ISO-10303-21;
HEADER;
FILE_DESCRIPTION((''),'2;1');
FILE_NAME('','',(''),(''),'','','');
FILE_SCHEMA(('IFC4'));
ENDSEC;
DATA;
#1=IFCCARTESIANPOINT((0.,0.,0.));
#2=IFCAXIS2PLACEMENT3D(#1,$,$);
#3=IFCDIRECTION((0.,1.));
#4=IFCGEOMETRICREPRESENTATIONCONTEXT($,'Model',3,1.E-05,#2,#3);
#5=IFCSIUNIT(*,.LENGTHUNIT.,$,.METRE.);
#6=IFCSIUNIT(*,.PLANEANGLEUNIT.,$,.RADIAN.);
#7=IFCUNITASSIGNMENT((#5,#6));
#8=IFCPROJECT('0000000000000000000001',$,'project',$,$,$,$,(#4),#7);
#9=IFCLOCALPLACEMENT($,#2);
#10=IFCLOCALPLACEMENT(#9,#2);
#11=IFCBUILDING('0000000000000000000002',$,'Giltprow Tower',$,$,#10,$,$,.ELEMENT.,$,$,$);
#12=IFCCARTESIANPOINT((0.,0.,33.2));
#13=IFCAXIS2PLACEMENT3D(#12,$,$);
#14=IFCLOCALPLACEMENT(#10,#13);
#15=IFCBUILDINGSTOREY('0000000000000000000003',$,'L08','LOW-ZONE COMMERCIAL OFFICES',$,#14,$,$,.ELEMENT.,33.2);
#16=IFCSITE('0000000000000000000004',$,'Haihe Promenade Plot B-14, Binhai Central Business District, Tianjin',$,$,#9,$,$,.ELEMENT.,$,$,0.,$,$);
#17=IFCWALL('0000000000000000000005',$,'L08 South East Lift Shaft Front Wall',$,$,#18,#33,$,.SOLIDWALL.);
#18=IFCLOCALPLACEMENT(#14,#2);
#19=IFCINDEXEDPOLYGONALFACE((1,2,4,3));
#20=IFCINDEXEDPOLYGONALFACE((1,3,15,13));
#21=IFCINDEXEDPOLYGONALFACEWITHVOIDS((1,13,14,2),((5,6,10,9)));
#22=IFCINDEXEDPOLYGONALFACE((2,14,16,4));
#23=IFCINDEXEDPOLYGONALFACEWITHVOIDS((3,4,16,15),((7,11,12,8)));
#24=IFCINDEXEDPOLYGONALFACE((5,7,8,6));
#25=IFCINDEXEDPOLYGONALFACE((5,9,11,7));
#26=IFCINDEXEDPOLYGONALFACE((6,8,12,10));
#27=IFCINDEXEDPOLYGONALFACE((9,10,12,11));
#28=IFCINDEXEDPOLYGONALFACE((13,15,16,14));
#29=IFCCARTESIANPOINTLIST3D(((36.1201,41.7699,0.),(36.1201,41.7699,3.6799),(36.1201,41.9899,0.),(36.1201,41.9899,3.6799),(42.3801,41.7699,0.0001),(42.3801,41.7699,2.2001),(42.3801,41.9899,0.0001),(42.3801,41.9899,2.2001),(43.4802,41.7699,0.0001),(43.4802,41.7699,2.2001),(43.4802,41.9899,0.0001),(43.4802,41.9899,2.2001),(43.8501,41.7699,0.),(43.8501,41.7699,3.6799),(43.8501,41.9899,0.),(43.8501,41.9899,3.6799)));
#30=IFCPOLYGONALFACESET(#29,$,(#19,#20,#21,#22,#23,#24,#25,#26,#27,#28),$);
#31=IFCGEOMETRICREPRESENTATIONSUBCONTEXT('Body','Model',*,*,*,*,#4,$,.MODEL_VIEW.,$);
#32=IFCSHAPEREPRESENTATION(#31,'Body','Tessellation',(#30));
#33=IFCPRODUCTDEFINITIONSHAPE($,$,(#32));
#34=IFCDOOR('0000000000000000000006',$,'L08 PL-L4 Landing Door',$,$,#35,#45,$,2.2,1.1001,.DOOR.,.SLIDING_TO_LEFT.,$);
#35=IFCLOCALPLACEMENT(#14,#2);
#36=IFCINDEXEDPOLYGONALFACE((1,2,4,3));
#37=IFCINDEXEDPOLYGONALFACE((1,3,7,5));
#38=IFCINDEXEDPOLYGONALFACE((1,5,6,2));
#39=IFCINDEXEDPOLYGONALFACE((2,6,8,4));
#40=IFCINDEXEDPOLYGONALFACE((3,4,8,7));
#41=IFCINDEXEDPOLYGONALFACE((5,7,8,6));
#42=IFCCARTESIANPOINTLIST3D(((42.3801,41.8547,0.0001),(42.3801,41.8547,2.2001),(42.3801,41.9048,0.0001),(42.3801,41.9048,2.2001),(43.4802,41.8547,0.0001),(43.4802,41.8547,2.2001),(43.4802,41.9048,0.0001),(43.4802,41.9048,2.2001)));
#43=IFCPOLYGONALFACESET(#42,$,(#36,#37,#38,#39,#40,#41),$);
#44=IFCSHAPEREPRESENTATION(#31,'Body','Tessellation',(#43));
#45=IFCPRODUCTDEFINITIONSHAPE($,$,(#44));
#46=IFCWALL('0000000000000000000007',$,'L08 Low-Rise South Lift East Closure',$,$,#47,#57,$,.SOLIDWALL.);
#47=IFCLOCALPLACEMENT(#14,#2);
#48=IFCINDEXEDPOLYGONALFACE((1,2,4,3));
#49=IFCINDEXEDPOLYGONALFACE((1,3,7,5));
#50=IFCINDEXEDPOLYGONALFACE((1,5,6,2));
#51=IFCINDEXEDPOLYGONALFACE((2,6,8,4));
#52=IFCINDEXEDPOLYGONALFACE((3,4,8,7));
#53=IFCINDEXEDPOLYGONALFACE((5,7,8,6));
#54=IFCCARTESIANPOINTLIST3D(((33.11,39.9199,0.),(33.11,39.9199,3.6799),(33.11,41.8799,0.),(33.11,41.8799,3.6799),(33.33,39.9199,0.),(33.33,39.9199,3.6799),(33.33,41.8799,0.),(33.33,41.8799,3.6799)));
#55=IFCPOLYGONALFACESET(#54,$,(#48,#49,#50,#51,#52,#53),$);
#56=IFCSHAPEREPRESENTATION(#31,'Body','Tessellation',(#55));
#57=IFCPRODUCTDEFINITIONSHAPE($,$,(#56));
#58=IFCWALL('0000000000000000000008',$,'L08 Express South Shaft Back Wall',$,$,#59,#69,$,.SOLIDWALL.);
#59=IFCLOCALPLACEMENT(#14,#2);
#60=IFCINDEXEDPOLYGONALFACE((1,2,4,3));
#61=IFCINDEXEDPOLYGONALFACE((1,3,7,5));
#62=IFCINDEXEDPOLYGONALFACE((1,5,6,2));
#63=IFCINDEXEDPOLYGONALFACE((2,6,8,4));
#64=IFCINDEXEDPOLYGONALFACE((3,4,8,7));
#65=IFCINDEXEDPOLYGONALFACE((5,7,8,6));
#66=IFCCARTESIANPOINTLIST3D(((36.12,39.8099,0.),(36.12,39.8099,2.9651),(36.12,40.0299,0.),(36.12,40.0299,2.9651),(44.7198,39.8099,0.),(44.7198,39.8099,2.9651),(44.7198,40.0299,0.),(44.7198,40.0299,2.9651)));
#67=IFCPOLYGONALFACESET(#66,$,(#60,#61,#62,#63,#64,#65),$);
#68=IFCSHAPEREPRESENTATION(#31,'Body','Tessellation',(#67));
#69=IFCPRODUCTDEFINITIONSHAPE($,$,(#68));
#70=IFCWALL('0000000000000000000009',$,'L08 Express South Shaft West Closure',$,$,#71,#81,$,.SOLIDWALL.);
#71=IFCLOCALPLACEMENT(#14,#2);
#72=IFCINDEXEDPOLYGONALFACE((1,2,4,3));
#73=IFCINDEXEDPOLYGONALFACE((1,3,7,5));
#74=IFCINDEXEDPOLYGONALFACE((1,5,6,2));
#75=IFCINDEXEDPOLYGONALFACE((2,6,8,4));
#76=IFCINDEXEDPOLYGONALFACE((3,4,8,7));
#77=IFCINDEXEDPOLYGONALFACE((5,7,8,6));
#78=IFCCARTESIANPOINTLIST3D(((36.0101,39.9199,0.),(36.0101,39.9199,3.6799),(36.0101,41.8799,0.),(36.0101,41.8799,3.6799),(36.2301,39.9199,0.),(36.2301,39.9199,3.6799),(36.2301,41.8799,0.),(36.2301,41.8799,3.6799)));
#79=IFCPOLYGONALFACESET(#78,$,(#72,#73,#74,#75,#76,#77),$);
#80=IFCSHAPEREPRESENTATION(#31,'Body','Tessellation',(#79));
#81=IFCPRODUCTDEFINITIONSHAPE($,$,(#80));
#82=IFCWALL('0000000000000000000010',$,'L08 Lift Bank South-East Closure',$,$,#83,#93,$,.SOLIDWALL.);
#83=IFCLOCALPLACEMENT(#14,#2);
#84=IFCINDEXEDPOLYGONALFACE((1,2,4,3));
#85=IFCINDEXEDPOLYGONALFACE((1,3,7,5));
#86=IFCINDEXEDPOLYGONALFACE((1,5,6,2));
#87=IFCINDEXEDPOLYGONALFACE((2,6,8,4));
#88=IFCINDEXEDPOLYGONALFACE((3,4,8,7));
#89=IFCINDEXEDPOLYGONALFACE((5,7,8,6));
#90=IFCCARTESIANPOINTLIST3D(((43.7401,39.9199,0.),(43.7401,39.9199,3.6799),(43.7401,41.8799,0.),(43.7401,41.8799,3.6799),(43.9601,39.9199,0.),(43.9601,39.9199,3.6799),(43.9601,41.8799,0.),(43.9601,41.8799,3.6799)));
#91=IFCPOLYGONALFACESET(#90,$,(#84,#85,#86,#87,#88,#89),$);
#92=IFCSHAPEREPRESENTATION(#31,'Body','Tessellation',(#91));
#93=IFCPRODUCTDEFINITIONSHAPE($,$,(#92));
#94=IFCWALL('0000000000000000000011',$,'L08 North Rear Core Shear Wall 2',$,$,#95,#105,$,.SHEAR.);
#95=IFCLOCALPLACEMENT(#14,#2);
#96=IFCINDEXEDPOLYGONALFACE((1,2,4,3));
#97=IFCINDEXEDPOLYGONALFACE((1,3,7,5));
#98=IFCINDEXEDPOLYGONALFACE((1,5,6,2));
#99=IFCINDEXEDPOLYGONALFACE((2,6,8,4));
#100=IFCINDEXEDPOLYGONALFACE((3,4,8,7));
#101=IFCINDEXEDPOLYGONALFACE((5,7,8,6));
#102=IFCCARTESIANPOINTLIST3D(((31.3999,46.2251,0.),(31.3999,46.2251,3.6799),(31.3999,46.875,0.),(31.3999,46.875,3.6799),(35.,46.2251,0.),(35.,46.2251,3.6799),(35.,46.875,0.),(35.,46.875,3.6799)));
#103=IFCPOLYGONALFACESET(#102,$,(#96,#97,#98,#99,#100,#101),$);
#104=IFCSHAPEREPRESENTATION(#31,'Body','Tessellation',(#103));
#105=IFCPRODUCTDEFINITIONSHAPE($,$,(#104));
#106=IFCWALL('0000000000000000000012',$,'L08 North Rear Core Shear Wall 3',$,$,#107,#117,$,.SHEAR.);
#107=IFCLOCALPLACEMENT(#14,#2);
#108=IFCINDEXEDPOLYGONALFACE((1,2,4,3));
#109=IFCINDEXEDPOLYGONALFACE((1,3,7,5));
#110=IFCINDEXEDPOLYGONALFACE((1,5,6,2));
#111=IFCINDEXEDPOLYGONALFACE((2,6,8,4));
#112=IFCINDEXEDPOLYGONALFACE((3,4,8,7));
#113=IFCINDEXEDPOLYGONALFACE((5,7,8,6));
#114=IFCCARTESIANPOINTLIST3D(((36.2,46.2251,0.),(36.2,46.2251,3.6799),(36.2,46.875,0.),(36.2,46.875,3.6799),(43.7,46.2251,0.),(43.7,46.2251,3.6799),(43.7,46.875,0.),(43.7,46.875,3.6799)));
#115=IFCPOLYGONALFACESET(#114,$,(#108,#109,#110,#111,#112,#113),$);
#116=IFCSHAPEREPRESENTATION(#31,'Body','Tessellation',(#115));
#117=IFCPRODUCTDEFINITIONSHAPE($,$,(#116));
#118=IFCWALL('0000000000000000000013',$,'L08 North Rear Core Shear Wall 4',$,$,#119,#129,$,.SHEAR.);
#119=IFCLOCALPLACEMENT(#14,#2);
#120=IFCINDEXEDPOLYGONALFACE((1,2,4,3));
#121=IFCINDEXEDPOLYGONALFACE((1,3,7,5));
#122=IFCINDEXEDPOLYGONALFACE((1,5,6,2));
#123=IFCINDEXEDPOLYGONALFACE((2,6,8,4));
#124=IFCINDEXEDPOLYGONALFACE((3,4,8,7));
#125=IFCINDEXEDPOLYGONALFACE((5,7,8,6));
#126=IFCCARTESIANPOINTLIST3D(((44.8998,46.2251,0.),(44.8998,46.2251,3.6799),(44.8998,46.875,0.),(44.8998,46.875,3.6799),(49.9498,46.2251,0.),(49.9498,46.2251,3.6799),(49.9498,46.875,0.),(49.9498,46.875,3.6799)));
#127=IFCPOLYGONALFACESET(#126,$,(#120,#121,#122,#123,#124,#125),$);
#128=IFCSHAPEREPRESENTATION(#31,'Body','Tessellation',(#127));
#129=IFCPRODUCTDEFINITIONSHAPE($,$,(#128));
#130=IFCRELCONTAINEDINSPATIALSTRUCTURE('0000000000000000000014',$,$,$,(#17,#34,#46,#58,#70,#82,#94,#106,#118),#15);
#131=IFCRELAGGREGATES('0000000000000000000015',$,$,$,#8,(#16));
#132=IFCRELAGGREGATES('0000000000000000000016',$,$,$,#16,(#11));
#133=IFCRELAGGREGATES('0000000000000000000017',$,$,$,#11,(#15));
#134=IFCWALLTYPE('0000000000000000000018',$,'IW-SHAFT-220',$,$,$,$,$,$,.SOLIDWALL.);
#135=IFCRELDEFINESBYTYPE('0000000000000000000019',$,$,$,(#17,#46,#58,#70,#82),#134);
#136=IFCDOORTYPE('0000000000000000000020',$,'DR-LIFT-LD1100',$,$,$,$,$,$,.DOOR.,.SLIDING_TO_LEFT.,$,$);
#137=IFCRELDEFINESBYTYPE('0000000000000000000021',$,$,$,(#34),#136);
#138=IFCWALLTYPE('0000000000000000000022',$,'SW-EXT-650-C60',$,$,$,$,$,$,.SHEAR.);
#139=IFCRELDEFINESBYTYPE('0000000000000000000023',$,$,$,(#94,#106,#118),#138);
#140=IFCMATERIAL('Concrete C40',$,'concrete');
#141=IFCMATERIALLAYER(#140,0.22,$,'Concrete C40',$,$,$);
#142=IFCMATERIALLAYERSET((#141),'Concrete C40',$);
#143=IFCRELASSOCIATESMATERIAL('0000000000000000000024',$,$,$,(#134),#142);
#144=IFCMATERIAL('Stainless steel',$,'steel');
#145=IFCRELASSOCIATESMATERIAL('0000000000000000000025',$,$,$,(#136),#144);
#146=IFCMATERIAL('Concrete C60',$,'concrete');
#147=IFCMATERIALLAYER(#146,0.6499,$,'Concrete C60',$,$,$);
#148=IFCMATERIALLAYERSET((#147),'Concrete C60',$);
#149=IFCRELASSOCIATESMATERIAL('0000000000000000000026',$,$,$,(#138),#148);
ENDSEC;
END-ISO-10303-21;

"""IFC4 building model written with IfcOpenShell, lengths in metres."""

from ifc_helpers import new_model, si_unit, direction, frame, frame_2d, origin, place, context, subcontext, project, spatial, rectangle, extrude, source, transform, mapped, material, layer, layer_set, type_object, element, fill, save


model = new_model("IFC4")

# Units and contexts
model_context = context("Model", 3, precision=1e-05, world=origin(), true_north=direction((0.0, 1.0)))
body_context = subcontext(model_context, "Body", "Model", "MODEL_VIEW")
ifc_project = project(units=[si_unit("LENGTHUNIT", "METRE"), si_unit("PLANEANGLEUNIT", "RADIAN")], contexts=[model_context])

# Site, building, storey
site_placement = place(None, origin())
site = spatial("IfcSite", under=ifc_project, at=site_placement, Name="Haihe Promenade Plot B-14, Binhai Central Business District, Tianjin", CompositionType="ELEMENT", RefElevation=0.0)
building_placement = place(site_placement, origin())
building = spatial("IfcBuilding", under=site, at=building_placement, Name="Giltprow Tower", CompositionType="ELEMENT")
storey_placement = place(building_placement, frame((0.0, 0.0, 33.2)))
storey = spatial("IfcBuildingStorey", under=building, at=storey_placement, Name="L08", Description="LOW-ZONE COMMERCIAL OFFICES", CompositionType="ELEMENT", Elevation=33.2)

# Shared definitions
ifc_material_1 = material(Name="Concrete C60", Category="concrete")

# Shared definitions
ifc_material_2 = material(Name="Concrete C40", Category="concrete")
ifc_layer_1 = layer(ifc_material_2, 0.22, Name="Concrete C40")
ifc_layer_set_1 = layer_set([ifc_layer_1], Name="Concrete C40")
wall_type_1 = type_object("IfcWallType", Name="IW-SHAFT-220", PredefinedType="SOLIDWALL", material=ifc_layer_set_1)
ifc_material_3 = material(Name="Stainless steel", Category="steel")
door_type = type_object("IfcDoorType", Name="DR-LIFT-LD1100", OperationType="SLIDING_TO_LEFT", PredefinedType="DOOR", material=ifc_material_3)
shared_shape_1 = source(origin(), body_context, "Body", "SweptSolid", [
    extrude(rectangle(XDim=1.1001, YDim=2.2, at=frame_2d((0.55, 1.1001))), frame((0.0, 0.0249, 0.0), z_axis=(0.0, -1.0, 0.0), x_axis=(1.0, 0.0, 0.0)), (0.0, 0.0, 1.0), 0.05),
])

# Wall, opening, door
wall_1_placement = place(storey_placement, frame((36.1201, 41.8799, 0.0), z_axis=(0.0, 0.0, 1.0), x_axis=(1.0, 0.0, 0.0)))
wall_1 = element("IfcWall", 1, at=wall_1_placement, inside=storey, type_object=wall_type_1, Name="L08 South East Lift Shaft Front Wall", PredefinedType="SOLIDWALL", context=body_context, shape_type="SweptSolid", body=[
    extrude(rectangle(XDim=7.73, YDim=0.22, at=frame_2d((3.865, 0.0))), origin(), (0.0, 0.0, 1.0), 3.6799),
])
opening_1_placement = place(wall_1_placement, frame((6.26, 0.0, 0.0)))
opening_1 = element("IfcOpeningElement", 2, at=opening_1_placement, cuts=wall_1, PredefinedType="OPENING", context=body_context, shape_type="SweptSolid", body=[
    extrude(rectangle(XDim=1.1001, YDim=2.2, at=frame_2d((0.55, 1.1001))), frame((0.0, 0.1199, 0.0), z_axis=(0.0, -1.0, 0.0), x_axis=(1.0, 0.0, 0.0)), (0.0, 0.0, 1.0), 0.24),
])
door_1_placement = place(opening_1_placement, origin())
door_1 = element("IfcDoor", 3, at=door_1_placement, inside=storey, type_object=door_type, Name="L08 PL-L4 Landing Door", OperationType="SLIDING_TO_LEFT", OverallHeight=2.2, OverallWidth=1.1001, PredefinedType="DOOR", context=body_context, shape_type="MappedRepresentation", body=[
    mapped(shared_shape_1, transform((0.0, 0.0, 0.0), x_axis=(1.0, 0.0, 0.0), y_axis=(0.0, 1.0, 0.0), z_axis=(0.0, 0.0, 1.0), scale=1.0)),
])
fill(opening_1, door_1)

# Walls
wall_2_placement = place(storey_placement, frame((33.22, 39.9199, 0.0), z_axis=(0.0, 0.0, 1.0), x_axis=(0.0, 1.0, 0.0)))
element("IfcWall", 4, at=wall_2_placement, inside=storey, type_object=wall_type_1, Name="L08 Low-Rise South Lift East Closure", PredefinedType="SOLIDWALL", context=body_context, shape_type="SweptSolid", body=[
    extrude(rectangle(XDim=1.96, YDim=0.22, at=frame_2d((0.98, 0.0))), origin(), (0.0, 0.0, 1.0), 3.6799),
])
wall_3_placement = place(storey_placement, frame((36.1201, 39.9199, 0.0), z_axis=(0.0, 0.0, 1.0), x_axis=(1.0, 0.0, 0.0)))
element("IfcWall", 5, at=wall_3_placement, inside=storey, type_object=wall_type_1, Name="L08 Express South Shaft Back Wall", PredefinedType="SOLIDWALL", context=body_context, shape_type="SweptSolid", body=[
    extrude(rectangle(XDim=8.5999, YDim=0.22, at=frame_2d((4.2998, 0.0))), origin(), (0.0, 0.0, 1.0), 2.9651),
])
for number, where, z_axis, x_axis, name in (
    (6, (36.1201, 39.9199, 0.0), (0.0, 0.0, 1.0), (0.0, 1.0, 0.0), "L08 Express South Shaft West Closure"),
    (7, (43.8501, 39.9199, 0.0), (0.0, 0.0, 1.0), (0.0, 1.0, 0.0), "L08 Lift Bank South-East Closure"),
):
    element("IfcWall", number, at=place(storey_placement, frame(where, z_axis=z_axis, x_axis=x_axis)), inside=storey, type_object=wall_type_1, Name=name, PredefinedType="SOLIDWALL", context=body_context, shape_type="SweptSolid", body=[
        extrude(rectangle(XDim=1.96, YDim=0.22, at=frame_2d((0.98, 0.0))), origin(), (0.0, 0.0, 1.0), 3.6799),
    ])
ifc_layer_2 = layer(ifc_material_1, 0.6499, Name="Concrete C60")
ifc_layer_set_2 = layer_set([ifc_layer_2], Name="Concrete C60")
wall_type_2 = type_object("IfcWallType", Name="SW-EXT-650-C60", PredefinedType="SHEAR", material=ifc_layer_set_2)
wall_4_placement = place(storey_placement, frame((31.3999, 46.55, 0.0), z_axis=(0.0, 0.0, 1.0), x_axis=(1.0, 0.0, 0.0)))
element("IfcWall", 8, at=wall_4_placement, inside=storey, type_object=wall_type_2, Name="L08 North Rear Core Shear Wall 2", PredefinedType="SHEAR", context=body_context, shape_type="SweptSolid", body=[
    extrude(rectangle(XDim=3.6001, YDim=0.6499, at=frame_2d((1.8, 0.0))), origin(), (0.0, 0.0, 1.0), 3.6799),
])
wall_5_placement = place(storey_placement, frame((36.2, 46.55, 0.0), z_axis=(0.0, 0.0, 1.0), x_axis=(1.0, 0.0, 0.0)))
element("IfcWall", 9, at=wall_5_placement, inside=storey, type_object=wall_type_2, Name="L08 North Rear Core Shear Wall 3", PredefinedType="SHEAR", context=body_context, shape_type="SweptSolid", body=[
    extrude(rectangle(XDim=7.5, YDim=0.6499, at=frame_2d((3.75, 0.0))), origin(), (0.0, 0.0, 1.0), 3.6799),
])
wall_6_placement = place(storey_placement, frame((44.8999, 46.55, 0.0), z_axis=(0.0, 0.0, 1.0), x_axis=(1.0, 0.0, 0.0)))
element("IfcWall", 10, at=wall_6_placement, inside=storey, type_object=wall_type_2, Name="L08 North Rear Core Shear Wall 4", PredefinedType="SHEAR", context=body_context, shape_type="SweptSolid", body=[
    extrude(rectangle(XDim=5.05, YDim=0.6499, at=frame_2d((2.5249, 0.0))), origin(), (0.0, 0.0, 1.0), 3.6799),
])

save(model, "model.ifc")
